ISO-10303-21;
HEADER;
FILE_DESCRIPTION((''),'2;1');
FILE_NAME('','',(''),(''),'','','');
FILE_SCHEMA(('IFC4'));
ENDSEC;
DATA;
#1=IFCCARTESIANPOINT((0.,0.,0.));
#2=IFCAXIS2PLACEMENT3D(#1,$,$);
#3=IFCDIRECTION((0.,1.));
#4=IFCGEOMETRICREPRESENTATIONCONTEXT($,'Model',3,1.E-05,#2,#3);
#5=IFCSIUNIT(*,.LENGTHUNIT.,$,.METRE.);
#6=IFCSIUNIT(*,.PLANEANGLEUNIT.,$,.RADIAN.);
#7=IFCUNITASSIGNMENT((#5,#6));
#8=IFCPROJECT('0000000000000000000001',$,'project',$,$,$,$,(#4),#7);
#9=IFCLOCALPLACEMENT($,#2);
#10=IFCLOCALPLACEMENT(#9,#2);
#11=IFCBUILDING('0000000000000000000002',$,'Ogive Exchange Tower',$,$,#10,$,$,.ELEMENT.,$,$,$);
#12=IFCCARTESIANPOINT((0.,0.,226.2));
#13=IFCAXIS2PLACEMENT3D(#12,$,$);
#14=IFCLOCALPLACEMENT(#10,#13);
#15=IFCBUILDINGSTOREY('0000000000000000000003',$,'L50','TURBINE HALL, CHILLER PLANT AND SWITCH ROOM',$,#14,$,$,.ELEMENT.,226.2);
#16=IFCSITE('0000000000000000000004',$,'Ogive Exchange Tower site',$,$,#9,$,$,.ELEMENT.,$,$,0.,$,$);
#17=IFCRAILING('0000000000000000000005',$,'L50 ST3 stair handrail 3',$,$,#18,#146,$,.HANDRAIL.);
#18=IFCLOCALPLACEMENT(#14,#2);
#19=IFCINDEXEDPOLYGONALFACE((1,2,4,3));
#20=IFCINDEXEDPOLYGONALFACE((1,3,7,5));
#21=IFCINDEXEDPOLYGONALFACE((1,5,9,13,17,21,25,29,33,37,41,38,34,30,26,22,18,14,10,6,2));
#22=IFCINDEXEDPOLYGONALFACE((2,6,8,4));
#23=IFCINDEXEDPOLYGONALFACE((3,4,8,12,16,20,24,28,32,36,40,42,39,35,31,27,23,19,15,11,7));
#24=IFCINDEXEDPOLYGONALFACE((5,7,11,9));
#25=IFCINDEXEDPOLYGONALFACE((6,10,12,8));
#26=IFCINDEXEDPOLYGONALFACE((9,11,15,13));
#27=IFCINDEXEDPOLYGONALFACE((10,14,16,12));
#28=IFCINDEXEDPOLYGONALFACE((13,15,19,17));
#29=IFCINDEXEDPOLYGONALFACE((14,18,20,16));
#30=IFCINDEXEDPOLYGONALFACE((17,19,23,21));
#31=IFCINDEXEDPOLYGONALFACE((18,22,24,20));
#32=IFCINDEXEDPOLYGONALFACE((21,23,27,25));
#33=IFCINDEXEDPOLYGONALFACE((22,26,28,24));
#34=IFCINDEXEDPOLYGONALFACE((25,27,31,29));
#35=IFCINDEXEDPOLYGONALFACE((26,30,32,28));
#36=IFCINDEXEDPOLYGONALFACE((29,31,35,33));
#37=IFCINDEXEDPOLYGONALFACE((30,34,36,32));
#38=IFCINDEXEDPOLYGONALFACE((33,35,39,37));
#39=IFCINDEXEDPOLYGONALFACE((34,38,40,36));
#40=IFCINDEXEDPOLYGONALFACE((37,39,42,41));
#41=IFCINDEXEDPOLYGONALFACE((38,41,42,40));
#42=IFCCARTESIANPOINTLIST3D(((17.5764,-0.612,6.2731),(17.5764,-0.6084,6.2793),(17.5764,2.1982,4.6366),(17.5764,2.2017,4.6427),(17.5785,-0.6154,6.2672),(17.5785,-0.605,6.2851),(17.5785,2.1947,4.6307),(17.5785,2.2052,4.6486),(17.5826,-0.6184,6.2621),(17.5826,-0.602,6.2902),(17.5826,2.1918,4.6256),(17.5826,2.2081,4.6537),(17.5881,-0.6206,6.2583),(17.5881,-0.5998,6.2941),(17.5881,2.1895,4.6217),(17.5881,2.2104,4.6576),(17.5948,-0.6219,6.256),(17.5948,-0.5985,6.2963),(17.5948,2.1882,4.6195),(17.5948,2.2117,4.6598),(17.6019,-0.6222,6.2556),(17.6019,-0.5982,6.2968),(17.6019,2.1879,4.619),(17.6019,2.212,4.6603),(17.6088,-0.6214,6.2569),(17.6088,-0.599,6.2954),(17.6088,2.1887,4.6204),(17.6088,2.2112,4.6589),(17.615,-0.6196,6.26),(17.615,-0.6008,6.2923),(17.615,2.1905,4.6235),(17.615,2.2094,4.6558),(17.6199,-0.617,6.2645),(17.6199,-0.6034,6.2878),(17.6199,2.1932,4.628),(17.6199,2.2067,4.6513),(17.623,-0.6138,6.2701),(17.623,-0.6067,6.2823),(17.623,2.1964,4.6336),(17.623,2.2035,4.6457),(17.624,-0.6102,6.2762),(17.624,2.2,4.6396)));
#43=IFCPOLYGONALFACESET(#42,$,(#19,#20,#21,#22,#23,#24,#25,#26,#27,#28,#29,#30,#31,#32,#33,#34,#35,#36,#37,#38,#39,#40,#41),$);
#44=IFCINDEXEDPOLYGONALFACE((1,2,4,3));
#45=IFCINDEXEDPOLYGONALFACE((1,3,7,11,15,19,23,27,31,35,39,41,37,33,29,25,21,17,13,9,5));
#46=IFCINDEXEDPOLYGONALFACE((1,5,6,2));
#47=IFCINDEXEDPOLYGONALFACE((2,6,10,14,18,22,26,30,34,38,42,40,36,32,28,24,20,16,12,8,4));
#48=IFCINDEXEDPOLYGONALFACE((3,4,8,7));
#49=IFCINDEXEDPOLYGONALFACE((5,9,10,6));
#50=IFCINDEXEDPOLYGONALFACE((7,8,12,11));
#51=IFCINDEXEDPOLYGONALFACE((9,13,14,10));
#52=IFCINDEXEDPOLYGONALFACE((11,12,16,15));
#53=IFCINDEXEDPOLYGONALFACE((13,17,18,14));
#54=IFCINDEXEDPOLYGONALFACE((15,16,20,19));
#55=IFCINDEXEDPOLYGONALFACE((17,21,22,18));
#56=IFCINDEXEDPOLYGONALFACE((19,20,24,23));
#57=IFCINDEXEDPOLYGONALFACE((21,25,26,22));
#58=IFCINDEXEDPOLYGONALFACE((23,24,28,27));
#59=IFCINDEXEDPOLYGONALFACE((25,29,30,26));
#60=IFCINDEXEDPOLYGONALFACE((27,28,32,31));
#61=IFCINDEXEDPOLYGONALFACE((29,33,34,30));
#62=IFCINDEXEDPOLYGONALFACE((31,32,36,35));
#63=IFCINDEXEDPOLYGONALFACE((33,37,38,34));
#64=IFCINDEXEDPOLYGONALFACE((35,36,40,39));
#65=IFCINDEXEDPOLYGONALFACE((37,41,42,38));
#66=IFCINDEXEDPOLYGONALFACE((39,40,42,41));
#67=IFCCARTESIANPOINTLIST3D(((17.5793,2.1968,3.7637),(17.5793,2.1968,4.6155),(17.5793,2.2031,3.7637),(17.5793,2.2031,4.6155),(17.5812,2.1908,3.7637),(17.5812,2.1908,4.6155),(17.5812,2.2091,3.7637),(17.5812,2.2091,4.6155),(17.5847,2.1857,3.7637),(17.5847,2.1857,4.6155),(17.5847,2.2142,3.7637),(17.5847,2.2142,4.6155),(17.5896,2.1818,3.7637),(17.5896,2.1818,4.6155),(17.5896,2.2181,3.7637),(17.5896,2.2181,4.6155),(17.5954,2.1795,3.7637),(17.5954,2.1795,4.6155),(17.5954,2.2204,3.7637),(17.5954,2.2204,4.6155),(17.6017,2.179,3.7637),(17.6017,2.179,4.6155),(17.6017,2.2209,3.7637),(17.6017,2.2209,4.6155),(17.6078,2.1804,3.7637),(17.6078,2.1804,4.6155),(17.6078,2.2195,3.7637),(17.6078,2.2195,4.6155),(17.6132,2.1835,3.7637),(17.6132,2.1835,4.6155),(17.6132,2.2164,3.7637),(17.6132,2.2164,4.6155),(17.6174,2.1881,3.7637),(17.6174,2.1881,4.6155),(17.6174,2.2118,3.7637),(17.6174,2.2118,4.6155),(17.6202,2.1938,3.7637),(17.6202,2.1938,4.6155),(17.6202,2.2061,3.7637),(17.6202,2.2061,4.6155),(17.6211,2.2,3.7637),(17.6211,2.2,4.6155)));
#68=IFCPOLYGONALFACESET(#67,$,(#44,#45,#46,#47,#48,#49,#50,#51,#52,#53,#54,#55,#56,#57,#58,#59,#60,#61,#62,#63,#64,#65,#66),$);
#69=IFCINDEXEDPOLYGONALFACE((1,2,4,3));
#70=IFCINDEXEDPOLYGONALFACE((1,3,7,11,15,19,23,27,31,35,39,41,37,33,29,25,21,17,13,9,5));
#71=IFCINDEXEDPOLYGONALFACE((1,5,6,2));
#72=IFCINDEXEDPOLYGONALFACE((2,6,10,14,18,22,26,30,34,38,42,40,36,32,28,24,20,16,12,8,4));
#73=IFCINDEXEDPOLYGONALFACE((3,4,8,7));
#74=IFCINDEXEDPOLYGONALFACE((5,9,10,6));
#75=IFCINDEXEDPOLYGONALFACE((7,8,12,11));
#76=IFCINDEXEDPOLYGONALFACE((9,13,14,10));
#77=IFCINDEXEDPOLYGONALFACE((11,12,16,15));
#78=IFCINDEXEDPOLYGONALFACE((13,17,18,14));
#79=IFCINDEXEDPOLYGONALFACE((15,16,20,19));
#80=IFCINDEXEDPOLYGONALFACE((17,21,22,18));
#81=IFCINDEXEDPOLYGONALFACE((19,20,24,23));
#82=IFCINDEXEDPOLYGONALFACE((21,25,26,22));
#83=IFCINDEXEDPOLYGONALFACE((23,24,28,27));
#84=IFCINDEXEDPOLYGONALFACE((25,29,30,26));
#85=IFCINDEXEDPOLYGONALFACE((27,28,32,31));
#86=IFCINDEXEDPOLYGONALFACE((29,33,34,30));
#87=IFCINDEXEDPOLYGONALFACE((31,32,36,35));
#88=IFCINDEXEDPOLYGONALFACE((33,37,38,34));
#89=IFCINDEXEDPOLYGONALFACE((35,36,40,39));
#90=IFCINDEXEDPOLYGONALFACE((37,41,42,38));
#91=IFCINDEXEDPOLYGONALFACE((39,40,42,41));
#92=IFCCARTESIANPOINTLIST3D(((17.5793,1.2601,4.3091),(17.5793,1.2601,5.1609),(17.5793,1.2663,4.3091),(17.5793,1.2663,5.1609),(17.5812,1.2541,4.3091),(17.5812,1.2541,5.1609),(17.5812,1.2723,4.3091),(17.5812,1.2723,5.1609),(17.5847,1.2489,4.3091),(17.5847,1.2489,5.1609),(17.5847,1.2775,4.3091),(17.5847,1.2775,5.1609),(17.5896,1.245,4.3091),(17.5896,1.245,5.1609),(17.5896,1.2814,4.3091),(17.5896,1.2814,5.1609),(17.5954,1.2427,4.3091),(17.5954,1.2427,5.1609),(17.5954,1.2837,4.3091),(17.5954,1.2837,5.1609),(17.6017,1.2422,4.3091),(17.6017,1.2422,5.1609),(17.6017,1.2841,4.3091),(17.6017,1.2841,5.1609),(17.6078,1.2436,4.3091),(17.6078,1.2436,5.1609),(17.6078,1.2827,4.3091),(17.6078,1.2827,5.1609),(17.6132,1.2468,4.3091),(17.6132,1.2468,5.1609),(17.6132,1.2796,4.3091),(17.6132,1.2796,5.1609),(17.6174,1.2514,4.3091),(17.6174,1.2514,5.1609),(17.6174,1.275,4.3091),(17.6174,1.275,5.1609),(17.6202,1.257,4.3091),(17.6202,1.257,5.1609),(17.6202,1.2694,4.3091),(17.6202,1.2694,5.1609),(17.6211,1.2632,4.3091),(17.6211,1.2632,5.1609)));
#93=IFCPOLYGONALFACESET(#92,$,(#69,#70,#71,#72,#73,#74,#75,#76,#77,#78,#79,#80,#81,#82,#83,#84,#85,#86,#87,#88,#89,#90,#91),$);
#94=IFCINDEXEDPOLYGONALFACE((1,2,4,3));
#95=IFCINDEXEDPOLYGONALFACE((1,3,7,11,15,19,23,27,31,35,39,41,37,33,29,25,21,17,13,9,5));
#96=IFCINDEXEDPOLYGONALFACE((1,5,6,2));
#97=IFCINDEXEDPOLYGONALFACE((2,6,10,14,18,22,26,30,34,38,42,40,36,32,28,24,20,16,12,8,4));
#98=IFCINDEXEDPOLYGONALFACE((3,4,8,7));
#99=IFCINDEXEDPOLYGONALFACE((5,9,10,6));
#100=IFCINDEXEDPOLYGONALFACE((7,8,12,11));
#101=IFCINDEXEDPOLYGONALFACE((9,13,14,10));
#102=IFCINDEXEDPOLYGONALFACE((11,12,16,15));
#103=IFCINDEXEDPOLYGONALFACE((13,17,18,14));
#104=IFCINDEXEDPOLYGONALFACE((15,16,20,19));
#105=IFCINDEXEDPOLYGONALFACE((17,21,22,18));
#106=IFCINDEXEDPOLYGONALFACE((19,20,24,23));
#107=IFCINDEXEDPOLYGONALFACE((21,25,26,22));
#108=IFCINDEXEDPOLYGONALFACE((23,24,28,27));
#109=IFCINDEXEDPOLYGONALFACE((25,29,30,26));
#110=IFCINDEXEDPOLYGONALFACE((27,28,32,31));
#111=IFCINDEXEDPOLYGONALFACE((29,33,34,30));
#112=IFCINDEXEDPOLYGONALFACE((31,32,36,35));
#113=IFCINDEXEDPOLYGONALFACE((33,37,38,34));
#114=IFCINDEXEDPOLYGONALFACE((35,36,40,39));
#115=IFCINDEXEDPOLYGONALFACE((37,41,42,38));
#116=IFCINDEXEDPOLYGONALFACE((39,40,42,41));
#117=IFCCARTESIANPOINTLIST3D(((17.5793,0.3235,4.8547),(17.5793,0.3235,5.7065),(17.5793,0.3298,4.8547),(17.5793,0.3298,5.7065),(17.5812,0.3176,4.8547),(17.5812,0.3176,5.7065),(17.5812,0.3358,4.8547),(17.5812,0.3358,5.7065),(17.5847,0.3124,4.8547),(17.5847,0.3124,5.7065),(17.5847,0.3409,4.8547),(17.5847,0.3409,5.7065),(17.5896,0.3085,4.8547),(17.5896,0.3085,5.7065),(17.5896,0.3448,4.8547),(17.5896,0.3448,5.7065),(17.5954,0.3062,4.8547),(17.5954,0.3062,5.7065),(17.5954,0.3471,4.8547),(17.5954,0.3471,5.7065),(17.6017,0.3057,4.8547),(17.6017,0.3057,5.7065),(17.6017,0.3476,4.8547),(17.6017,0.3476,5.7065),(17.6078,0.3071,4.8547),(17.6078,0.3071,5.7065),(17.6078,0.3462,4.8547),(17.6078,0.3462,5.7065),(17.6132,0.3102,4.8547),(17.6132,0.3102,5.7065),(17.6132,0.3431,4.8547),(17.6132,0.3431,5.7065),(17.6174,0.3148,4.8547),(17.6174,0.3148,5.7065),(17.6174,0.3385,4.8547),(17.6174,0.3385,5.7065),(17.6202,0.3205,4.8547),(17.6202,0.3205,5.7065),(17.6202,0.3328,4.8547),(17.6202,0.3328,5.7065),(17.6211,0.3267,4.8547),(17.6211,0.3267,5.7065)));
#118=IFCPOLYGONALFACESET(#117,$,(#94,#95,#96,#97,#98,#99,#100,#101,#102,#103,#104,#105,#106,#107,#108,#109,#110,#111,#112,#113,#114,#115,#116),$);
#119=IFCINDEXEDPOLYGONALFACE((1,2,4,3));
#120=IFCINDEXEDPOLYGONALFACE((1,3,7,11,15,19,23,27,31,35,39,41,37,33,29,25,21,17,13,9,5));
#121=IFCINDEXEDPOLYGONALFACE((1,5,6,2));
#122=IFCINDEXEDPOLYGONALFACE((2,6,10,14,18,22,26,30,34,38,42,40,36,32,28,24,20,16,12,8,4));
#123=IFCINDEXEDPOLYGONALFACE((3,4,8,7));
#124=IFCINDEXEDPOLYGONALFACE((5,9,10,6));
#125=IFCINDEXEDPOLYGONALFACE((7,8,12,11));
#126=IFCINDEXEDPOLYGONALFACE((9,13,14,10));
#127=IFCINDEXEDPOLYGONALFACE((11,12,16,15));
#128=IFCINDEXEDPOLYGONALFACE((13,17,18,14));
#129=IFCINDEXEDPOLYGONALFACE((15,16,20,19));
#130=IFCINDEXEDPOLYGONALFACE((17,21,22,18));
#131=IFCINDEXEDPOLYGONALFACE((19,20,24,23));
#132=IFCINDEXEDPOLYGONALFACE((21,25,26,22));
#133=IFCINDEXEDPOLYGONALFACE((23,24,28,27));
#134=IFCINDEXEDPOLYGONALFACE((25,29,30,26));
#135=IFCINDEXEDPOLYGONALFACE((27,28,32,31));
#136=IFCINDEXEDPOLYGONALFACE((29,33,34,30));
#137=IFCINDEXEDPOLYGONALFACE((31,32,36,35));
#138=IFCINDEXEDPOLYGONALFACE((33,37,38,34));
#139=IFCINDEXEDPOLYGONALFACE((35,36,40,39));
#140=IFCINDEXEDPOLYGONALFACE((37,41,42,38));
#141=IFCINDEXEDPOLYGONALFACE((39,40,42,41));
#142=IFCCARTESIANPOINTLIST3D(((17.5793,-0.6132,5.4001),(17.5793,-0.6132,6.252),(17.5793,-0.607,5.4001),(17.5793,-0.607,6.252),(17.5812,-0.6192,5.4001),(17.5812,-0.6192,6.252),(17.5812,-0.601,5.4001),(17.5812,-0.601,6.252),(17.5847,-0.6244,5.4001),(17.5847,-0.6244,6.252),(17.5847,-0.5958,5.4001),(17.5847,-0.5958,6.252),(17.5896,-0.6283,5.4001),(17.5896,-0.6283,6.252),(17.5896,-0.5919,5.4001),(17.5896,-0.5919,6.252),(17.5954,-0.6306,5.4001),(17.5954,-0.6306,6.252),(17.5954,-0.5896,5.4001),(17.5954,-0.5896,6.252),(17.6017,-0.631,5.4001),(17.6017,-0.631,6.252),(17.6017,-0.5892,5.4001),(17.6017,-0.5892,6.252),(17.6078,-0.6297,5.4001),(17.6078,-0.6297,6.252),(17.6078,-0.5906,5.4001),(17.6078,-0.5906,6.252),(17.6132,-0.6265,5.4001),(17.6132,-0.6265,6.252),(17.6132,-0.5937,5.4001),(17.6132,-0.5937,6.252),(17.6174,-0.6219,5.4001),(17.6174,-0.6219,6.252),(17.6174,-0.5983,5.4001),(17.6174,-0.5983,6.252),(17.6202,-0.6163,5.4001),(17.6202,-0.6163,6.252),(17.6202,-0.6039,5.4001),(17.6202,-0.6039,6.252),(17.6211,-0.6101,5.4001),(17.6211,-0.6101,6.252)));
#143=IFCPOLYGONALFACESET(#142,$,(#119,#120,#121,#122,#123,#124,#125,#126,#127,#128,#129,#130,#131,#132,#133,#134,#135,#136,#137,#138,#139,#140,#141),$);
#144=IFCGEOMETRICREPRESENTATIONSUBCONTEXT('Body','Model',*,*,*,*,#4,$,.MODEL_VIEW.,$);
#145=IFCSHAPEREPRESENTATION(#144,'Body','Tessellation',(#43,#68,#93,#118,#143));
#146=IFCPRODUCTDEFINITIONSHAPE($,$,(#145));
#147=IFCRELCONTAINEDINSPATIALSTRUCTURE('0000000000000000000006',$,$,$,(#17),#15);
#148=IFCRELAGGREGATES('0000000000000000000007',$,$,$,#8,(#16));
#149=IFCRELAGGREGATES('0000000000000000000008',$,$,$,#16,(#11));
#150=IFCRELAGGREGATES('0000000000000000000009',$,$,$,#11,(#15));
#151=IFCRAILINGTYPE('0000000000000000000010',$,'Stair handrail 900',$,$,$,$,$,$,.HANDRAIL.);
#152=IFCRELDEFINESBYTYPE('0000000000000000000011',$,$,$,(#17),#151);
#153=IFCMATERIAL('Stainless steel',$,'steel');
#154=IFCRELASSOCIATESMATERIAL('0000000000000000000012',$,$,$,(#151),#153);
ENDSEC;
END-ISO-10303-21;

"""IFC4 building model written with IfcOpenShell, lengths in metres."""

from ifc_helpers import new_model, si_unit, direction, frame, origin, origin_2d, place, context, subcontext, project, spatial, circle, extrude, material, type_object, element, save


model = new_model("IFC4")

# Units and contexts
model_context = context("Model", 3, precision=1e-05, world=origin(), true_north=direction((0.0, 1.0)))
body_context = subcontext(model_context, "Body", "Model", "MODEL_VIEW")
ifc_project = project(units=[si_unit("LENGTHUNIT", "METRE"), si_unit("PLANEANGLEUNIT", "RADIAN")], contexts=[model_context])

# Site, building, storey
site_placement = place(None, origin())
site = spatial("IfcSite", under=ifc_project, at=site_placement, Name="Ogive Exchange Tower site", CompositionType="ELEMENT", RefElevation=0.0)
building_placement = place(site_placement, origin())
building = spatial("IfcBuilding", under=site, at=building_placement, Name="Ogive Exchange Tower", CompositionType="ELEMENT")
storey_placement = place(building_placement, frame((0.0, 0.0, 226.2)))
storey = spatial("IfcBuildingStorey", under=building, at=storey_placement, Name="L50", Description="TURBINE HALL, CHILLER PLANT AND SWITCH ROOM", CompositionType="ELEMENT", Elevation=226.2)

# Shared definitions
ifc_material_1 = material(Name="Stainless steel", Category="steel")

# Railing
railing_type = type_object("IfcRailingType", Name="Stair handrail 900", PredefinedType="HANDRAIL", material=ifc_material_1)
for number, where, name in (
    (1, (17.6001, 2.2, 3.7637), "L50 ST3 stair handrail 3"),
):
    element("IfcRailing", number, at=place(storey_placement, frame(where)), inside=storey, type_object=railing_type, Name=name, PredefinedType="HANDRAIL", context=body_context, shape_type="SweptSolid", body=[
        extrude(circle(Radius=0.0239, at=origin_2d()), frame((0.0, 0.0, 0.876), z_axis=(0.0, -0.864144, 0.503245), x_axis=(1.0, 0.0, 0.0)), (0.0, 0.0, 1.0), 3.252),
        extrude(circle(Radius=0.021, at=origin_2d()), origin(), (0.0, 0.0, 1.0), 0.8518),
        extrude(circle(Radius=0.021, at=origin_2d()), frame((0.0, -0.9368, 0.5454)), (0.0, 0.0, 1.0), 0.8518),
        extrude(circle(Radius=0.021, at=origin_2d()), frame((0.0, -1.8733, 1.0911)), (0.0, 0.0, 1.0), 0.8518),
        extrude(circle(Radius=0.021, at=origin_2d()), frame((0.0, -2.8101, 1.6365)), (0.0, 0.0, 1.0), 0.8518),
    ])

save(model, "model.ifc")
